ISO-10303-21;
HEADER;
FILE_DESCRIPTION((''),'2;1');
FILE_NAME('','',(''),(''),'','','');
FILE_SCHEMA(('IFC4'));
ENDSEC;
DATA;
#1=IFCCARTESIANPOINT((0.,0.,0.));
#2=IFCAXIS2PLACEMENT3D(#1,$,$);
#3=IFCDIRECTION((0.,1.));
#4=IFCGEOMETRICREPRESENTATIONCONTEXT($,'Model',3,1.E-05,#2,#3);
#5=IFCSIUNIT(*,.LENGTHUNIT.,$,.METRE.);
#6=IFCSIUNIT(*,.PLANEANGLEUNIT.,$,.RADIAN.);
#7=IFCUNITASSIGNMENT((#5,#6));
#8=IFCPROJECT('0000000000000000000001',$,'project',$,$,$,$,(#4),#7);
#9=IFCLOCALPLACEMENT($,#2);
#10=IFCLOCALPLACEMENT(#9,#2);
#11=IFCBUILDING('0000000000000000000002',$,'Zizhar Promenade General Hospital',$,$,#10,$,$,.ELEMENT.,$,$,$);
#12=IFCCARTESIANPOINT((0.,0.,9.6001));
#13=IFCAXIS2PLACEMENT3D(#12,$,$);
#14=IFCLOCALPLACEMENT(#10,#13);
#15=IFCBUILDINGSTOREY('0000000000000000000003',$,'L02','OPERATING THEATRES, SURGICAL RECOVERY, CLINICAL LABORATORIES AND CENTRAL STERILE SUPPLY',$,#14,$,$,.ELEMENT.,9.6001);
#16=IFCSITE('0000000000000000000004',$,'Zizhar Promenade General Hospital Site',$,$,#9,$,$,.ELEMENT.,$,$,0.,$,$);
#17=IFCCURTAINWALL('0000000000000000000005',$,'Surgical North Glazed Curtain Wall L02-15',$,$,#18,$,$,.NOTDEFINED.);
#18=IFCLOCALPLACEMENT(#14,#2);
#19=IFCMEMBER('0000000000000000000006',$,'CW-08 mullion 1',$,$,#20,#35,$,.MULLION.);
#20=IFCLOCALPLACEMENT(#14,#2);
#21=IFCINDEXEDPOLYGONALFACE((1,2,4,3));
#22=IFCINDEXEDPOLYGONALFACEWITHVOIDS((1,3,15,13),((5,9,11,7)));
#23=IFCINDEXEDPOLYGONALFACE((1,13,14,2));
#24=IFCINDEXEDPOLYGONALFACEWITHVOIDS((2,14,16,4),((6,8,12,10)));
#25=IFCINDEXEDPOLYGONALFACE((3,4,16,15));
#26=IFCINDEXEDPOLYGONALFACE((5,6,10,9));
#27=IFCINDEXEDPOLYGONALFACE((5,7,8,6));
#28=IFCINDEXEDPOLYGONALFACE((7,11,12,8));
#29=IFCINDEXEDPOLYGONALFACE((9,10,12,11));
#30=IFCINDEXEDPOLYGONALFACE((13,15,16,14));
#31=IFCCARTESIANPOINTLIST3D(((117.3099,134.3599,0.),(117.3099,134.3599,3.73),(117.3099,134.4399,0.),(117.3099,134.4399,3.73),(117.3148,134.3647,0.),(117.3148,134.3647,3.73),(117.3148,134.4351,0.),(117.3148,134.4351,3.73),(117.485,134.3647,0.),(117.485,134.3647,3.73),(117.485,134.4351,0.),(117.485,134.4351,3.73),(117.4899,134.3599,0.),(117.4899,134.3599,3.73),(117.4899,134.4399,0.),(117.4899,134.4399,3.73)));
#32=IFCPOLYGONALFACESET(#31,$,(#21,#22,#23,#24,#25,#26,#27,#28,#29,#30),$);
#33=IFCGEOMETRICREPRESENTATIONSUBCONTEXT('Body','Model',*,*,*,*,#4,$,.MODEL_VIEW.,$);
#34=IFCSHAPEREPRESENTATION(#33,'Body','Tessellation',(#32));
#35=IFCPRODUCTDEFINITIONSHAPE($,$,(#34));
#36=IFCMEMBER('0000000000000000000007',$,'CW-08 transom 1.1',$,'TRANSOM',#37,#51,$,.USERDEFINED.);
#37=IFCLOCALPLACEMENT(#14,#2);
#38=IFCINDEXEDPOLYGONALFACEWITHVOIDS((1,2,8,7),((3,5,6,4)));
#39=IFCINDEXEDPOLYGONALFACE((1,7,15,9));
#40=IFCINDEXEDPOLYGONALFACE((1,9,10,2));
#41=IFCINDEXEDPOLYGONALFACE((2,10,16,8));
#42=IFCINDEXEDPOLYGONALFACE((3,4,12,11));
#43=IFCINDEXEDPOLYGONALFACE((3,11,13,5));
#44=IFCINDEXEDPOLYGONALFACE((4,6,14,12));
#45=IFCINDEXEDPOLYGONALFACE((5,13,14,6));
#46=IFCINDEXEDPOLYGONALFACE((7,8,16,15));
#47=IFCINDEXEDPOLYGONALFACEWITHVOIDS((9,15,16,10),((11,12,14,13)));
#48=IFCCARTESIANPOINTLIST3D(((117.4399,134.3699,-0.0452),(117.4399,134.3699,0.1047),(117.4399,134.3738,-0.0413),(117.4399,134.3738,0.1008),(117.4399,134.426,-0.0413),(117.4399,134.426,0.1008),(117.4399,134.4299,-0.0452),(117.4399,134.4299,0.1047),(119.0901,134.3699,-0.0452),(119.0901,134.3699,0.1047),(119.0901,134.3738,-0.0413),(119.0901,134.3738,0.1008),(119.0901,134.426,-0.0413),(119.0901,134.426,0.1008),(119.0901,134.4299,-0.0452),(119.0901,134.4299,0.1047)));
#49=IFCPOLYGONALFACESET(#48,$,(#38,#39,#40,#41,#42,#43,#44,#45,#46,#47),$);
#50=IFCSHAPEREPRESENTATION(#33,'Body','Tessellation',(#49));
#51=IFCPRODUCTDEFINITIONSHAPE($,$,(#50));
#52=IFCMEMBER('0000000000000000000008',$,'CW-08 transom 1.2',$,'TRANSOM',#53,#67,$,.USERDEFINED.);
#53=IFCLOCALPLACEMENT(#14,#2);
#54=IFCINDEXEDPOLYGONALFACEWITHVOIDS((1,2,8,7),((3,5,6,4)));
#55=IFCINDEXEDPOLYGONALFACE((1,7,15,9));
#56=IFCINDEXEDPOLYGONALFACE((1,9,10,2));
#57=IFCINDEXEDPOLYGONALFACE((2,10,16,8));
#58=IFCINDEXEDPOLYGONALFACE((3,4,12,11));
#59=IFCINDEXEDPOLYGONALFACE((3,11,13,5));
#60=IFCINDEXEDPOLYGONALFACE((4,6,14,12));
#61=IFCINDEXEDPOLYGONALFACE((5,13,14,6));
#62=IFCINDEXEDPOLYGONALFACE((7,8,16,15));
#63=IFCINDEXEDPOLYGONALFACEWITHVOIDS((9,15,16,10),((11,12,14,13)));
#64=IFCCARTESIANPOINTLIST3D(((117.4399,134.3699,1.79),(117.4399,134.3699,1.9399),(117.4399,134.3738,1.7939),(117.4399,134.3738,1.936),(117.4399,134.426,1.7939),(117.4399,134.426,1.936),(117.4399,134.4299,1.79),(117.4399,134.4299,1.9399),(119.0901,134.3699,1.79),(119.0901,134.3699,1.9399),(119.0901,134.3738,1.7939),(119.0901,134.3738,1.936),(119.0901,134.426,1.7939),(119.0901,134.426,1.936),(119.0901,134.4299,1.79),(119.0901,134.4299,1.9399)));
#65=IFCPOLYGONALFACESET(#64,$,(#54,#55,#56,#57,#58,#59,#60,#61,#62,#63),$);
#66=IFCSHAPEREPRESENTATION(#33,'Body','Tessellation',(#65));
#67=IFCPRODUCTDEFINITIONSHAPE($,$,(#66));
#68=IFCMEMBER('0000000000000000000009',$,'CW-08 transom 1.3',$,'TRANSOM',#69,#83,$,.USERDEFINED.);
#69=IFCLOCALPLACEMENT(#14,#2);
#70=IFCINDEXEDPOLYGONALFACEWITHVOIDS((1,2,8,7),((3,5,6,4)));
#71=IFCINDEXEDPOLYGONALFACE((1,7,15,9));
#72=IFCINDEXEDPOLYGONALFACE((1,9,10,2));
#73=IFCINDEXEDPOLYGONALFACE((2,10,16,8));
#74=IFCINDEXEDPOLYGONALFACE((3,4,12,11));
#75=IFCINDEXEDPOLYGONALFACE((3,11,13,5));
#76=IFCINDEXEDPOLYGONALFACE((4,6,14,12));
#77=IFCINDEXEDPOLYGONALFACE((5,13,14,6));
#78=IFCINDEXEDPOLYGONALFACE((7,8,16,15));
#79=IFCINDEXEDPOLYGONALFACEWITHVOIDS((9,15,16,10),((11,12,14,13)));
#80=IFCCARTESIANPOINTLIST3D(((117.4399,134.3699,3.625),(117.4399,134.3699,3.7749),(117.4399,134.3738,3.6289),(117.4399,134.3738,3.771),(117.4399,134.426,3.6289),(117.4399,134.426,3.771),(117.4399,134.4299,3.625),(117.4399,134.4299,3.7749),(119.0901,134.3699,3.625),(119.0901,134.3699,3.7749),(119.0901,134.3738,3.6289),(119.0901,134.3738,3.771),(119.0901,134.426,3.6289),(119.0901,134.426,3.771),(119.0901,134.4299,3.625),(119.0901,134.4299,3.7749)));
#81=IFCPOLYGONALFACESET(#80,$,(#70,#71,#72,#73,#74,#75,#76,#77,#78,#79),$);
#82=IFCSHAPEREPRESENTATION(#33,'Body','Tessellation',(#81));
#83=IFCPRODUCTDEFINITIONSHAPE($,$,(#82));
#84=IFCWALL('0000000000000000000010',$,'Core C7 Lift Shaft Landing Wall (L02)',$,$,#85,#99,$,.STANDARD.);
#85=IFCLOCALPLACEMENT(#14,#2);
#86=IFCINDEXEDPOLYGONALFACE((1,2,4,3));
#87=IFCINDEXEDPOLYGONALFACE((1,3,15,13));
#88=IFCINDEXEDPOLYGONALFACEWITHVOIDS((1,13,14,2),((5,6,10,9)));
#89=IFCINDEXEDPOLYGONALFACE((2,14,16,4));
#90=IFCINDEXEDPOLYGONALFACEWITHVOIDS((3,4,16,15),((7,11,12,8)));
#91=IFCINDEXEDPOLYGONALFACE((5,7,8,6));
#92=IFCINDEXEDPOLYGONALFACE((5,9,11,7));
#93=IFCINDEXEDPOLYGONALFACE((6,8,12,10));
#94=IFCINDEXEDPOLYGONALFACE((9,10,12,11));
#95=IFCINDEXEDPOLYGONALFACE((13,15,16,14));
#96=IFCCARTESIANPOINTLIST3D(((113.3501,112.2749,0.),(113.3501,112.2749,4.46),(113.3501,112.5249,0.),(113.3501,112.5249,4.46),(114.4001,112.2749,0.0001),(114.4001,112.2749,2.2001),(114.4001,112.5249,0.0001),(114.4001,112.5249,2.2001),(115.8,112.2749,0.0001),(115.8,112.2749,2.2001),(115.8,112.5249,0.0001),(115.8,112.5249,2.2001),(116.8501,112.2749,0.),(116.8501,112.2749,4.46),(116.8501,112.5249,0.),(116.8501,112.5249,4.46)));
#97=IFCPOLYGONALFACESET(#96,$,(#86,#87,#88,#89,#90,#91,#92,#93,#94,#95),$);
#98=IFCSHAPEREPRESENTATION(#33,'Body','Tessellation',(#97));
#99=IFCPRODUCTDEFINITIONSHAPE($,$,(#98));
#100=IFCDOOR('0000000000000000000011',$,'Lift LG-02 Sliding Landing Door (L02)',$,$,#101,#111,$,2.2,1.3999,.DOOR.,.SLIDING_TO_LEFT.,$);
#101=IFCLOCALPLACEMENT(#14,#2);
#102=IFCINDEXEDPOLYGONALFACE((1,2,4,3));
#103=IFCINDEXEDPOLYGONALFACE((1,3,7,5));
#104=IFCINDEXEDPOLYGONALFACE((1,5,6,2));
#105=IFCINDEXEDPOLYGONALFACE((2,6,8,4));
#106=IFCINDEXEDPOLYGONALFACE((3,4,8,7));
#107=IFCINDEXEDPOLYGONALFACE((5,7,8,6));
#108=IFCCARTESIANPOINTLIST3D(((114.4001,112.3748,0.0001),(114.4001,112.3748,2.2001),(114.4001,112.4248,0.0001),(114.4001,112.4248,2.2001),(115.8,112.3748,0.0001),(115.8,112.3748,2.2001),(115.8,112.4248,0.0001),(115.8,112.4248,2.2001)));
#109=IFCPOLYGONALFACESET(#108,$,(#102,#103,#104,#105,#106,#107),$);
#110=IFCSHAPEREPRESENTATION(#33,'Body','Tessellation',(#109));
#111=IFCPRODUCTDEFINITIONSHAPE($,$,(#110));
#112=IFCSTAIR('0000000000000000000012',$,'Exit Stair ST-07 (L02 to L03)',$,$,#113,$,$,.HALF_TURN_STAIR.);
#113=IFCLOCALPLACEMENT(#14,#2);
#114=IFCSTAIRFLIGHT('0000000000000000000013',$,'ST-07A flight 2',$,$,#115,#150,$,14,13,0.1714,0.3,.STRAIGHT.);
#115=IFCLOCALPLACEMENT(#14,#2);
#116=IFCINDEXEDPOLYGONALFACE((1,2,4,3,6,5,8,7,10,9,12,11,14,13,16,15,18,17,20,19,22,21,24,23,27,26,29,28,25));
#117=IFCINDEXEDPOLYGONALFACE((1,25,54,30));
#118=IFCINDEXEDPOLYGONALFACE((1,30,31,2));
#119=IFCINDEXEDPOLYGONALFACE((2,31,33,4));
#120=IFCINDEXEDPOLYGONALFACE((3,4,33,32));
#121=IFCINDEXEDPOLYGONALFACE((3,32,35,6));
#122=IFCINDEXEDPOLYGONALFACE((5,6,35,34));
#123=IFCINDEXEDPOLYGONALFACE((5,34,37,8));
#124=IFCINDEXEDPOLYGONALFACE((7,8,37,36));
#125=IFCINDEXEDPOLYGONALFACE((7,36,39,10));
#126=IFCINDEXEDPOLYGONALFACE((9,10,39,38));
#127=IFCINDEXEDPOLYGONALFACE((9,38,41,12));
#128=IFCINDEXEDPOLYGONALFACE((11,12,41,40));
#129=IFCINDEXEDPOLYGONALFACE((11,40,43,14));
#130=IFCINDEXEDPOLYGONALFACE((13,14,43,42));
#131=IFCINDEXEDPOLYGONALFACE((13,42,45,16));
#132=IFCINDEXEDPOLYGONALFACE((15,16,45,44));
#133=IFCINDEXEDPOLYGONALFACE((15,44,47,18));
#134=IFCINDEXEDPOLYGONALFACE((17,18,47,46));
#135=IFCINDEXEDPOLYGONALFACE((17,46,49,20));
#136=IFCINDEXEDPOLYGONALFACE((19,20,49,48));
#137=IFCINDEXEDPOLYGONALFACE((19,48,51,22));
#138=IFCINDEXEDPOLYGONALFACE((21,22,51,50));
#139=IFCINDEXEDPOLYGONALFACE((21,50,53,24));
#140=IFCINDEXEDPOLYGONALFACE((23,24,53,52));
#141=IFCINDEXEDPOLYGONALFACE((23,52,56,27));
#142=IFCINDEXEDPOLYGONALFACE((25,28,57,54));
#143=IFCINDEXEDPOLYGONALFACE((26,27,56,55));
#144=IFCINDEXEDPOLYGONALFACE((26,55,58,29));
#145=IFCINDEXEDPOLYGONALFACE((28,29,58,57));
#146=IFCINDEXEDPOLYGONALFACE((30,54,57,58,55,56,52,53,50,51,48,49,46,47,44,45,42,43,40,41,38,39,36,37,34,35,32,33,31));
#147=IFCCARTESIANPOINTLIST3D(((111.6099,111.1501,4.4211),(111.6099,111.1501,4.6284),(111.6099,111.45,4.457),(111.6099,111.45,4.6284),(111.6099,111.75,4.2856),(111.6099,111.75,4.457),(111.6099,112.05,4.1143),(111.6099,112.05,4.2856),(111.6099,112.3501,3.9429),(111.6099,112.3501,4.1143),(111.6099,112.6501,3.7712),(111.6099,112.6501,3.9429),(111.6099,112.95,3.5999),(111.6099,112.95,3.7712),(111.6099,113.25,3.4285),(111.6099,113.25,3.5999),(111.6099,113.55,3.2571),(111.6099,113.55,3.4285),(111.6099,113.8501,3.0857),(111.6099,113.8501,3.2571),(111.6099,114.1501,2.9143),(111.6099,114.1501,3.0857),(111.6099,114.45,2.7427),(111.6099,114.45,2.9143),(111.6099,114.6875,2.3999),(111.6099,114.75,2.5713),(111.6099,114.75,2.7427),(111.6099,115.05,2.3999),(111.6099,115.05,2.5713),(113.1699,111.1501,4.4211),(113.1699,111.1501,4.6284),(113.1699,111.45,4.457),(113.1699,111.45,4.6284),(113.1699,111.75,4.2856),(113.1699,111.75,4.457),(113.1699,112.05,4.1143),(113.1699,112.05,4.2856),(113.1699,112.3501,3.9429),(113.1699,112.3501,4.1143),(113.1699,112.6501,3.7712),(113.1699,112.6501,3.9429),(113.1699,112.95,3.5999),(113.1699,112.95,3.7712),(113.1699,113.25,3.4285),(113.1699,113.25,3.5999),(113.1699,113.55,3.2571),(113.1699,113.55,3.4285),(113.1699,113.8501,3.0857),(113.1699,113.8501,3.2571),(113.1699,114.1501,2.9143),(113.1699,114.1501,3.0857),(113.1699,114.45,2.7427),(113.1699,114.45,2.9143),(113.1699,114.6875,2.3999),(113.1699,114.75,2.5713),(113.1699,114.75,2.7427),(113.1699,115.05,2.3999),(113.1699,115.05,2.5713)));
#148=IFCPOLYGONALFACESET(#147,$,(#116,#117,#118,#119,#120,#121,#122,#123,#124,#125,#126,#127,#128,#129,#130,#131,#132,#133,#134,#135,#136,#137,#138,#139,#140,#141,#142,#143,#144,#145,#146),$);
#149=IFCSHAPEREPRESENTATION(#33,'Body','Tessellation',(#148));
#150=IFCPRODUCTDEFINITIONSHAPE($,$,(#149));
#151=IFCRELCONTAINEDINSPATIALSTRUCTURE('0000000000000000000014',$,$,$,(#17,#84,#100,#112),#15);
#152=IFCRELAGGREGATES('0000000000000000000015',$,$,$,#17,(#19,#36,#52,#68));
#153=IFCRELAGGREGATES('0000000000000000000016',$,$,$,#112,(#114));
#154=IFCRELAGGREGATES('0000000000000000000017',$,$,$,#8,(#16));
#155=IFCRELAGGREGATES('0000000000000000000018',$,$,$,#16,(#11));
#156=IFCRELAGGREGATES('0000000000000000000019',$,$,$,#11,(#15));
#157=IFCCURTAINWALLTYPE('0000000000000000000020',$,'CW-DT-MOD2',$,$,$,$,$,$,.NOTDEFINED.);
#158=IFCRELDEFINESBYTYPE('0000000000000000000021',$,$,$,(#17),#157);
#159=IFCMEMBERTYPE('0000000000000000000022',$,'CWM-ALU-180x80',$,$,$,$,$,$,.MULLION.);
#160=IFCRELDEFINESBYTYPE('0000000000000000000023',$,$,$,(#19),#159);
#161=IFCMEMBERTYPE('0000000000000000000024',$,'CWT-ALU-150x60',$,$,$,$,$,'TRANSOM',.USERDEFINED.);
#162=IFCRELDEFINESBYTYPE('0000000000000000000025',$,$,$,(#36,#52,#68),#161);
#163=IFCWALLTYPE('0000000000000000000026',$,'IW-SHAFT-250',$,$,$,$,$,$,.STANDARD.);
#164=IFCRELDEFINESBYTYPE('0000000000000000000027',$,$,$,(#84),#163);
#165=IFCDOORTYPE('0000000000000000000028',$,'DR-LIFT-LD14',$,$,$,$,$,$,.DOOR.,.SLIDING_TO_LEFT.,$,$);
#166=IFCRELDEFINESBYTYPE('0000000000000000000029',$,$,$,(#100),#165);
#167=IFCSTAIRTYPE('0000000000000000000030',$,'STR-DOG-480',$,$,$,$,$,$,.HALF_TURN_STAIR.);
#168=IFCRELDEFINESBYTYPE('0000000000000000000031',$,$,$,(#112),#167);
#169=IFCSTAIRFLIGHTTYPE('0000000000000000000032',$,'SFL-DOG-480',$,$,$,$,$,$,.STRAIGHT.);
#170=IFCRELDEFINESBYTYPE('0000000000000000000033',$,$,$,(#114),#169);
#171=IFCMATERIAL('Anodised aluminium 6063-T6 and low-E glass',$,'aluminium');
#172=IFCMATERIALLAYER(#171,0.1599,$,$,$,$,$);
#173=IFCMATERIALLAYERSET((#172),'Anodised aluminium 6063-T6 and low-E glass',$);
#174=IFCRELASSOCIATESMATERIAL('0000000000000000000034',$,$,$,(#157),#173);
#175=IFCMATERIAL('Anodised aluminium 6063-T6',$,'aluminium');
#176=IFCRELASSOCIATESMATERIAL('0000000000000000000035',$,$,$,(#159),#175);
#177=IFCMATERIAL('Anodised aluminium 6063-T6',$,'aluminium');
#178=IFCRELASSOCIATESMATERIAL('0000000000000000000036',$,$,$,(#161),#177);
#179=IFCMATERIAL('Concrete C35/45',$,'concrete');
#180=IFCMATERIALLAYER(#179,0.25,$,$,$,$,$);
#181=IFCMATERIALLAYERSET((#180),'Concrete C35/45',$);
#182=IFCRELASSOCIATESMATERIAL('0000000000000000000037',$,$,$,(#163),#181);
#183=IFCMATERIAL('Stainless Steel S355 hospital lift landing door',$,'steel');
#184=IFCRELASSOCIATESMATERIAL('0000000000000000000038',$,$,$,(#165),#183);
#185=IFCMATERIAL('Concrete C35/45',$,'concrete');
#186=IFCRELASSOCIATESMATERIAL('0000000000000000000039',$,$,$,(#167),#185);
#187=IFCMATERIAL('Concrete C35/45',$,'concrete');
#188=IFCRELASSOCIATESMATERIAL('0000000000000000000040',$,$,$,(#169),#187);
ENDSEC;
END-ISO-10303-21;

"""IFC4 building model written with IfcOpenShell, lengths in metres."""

from ifc_helpers import new_model, si_unit, direction, frame, frame_2d, origin, origin_2d, place, context, subcontext, project, spatial, polyline, rectangle, hollow_rectangle, outline, extrude, material, layer, layer_set, material_profile, profile_set, type_object, element, fill, aggregate, save


model = new_model("IFC4")

# Units and contexts
model_context = context("Model", 3, precision=1e-05, world=origin(), true_north=direction((0.0, 1.0)))
body_context = subcontext(model_context, "Body", "Model", "MODEL_VIEW")
ifc_project = project(units=[si_unit("LENGTHUNIT", "METRE"), si_unit("PLANEANGLEUNIT", "RADIAN")], contexts=[model_context])

# Site, building, storey
site_placement = place(None, origin())
site = spatial("IfcSite", under=ifc_project, at=site_placement, Name="Zizhar Promenade General Hospital Site", CompositionType="ELEMENT", RefElevation=0.0)
building_placement = place(site_placement, origin())
building = spatial("IfcBuilding", under=site, at=building_placement, Name="Zizhar Promenade General Hospital", CompositionType="ELEMENT")
storey_placement = place(building_placement, frame((0.0, 0.0, 9.6001)))
storey = spatial("IfcBuildingStorey", under=building, at=storey_placement, Name="L02", Description="OPERATING THEATRES, SURGICAL RECOVERY, CLINICAL LABORATORIES AND CENTRAL STERILE SUPPLY", CompositionType="ELEMENT", Elevation=9.6001)

# Curtain wall, members
ifc_material_1 = material(Name="Anodised aluminium 6063-T6 and low-E glass", Category="aluminium")
ifc_layer_1 = layer(ifc_material_1, 0.1599)
ifc_layer_set_1 = layer_set([ifc_layer_1], Name="Anodised aluminium 6063-T6 and low-E glass")
curtain_wall_type = type_object("IfcCurtainWallType", Name="CW-DT-MOD2", PredefinedType="NOTDEFINED", material=ifc_layer_set_1)
curtain_wall_placement = place(storey_placement, origin())
curtain_wall = element("IfcCurtainWall", 1, at=curtain_wall_placement, inside=storey, type_object=curtain_wall_type, Name="Surgical North Glazed Curtain Wall L02-15", PredefinedType="NOTDEFINED")
ifc_material_2 = material(Name="Anodised aluminium 6063-T6", Category="aluminium")
ifc_material_profile_1 = material_profile(ifc_material_2, hollow_rectangle(XDim=0.0801, YDim=0.1799, WallThickness=0.0049, at=origin_2d()))
ifc_profile_set_1 = profile_set([ifc_material_profile_1], Name="Anodised aluminium 6063-T6")
member_type_1 = type_object("IfcMemberType", Name="CWM-ALU-180x80", PredefinedType="MULLION", material=ifc_profile_set_1)
member_1_placement = place(storey_placement, frame((117.3999, 134.3999, 0.0), z_axis=(0.0, 0.0, 1.0), x_axis=(0.0, 1.0, 0.0)))
member_1 = element("IfcMember", 2, at=member_1_placement, type_object=member_type_1, Name="CW-08 mullion 1", PredefinedType="MULLION", context=body_context, shape_type="SweptSolid", body=[
    extrude(hollow_rectangle(XDim=0.0801, YDim=0.1799, WallThickness=0.0049, at=origin_2d()), origin(), (0.0, 0.0, 1.0), 3.73),
])
ifc_material_3 = material(Name="Anodised aluminium 6063-T6", Category="aluminium")
ifc_material_profile_2 = material_profile(ifc_material_3, hollow_rectangle(XDim=0.0601, YDim=0.1499, WallThickness=0.0039, at=origin_2d()))
ifc_profile_set_2 = profile_set([ifc_material_profile_2], Name="Anodised aluminium 6063-T6")
member_type_2 = type_object("IfcMemberType", Name="CWT-ALU-150x60", ElementType="TRANSOM", PredefinedType="USERDEFINED", material=ifc_profile_set_2)
member_2_placement = place(storey_placement, frame((117.4399, 134.3999, 0.0298), z_axis=(1.0, 0.0, 0.0), x_axis=(0.0, 1.0, 0.0)))
member_2 = element("IfcMember", 3, at=member_2_placement, type_object=member_type_2, Name="CW-08 transom 1.1", ObjectType="TRANSOM", PredefinedType="USERDEFINED", context=body_context, shape_type="SweptSolid", body=[
    extrude(hollow_rectangle(XDim=0.0601, YDim=0.1499, WallThickness=0.0039, at=origin_2d()), origin(), (0.0, 0.0, 1.0), 1.6501),
])
member_3_placement = place(storey_placement, frame((117.4399, 134.3999, 1.865), z_axis=(1.0, 0.0, 0.0), x_axis=(0.0, 1.0, 0.0)))
member_3 = element("IfcMember", 4, at=member_3_placement, type_object=member_type_2, Name="CW-08 transom 1.2", ObjectType="TRANSOM", PredefinedType="USERDEFINED", context=body_context, shape_type="SweptSolid", body=[
    extrude(hollow_rectangle(XDim=0.0601, YDim=0.1499, WallThickness=0.0039, at=origin_2d()), origin(), (0.0, 0.0, 1.0), 1.6501),
])
member_4_placement = place(storey_placement, frame((117.4399, 134.3999, 3.7), z_axis=(1.0, 0.0, 0.0), x_axis=(0.0, 1.0, 0.0)))
member_4 = element("IfcMember", 5, at=member_4_placement, type_object=member_type_2, Name="CW-08 transom 1.3", ObjectType="TRANSOM", PredefinedType="USERDEFINED", context=body_context, shape_type="SweptSolid", body=[
    extrude(hollow_rectangle(XDim=0.0601, YDim=0.1499, WallThickness=0.0039, at=origin_2d()), origin(), (0.0, 0.0, 1.0), 1.6501),
])
aggregate(curtain_wall, [member_1, member_2, member_3, member_4])

# Wall, opening, door
ifc_material_4 = material(Name="Concrete C35/45", Category="concrete")
ifc_layer_2 = layer(ifc_material_4, 0.25)
ifc_layer_set_2 = layer_set([ifc_layer_2], Name="Concrete C35/45")
wall_type = type_object("IfcWallType", Name="IW-SHAFT-250", PredefinedType="STANDARD", material=ifc_layer_set_2)
wall_placement = place(storey_placement, frame((113.3501, 112.3999, 0.0), z_axis=(0.0, 0.0, 1.0), x_axis=(1.0, 0.0, 0.0)))
wall = element("IfcWall", 6, at=wall_placement, inside=storey, type_object=wall_type, Name="Core C7 Lift Shaft Landing Wall (L02)", PredefinedType="STANDARD", context=body_context, shape_type="SweptSolid", body=[
    extrude(rectangle(XDim=3.5, YDim=0.25, at=frame_2d((1.75, 0.0))), origin(), (0.0, 0.0, 1.0), 4.46),
])
opening_placement = place(wall_placement, frame((1.05, 0.0, 0.0)))
opening = element("IfcOpeningElement", 7, at=opening_placement, cuts=wall, PredefinedType="OPENING", context=body_context, shape_type="SweptSolid", body=[
    extrude(rectangle(XDim=1.3999, YDim=2.2, at=frame_2d((0.7, 1.1001))), frame((0.0, 0.135, 0.0), z_axis=(0.0, -1.0, 0.0), x_axis=(1.0, 0.0, 0.0)), (0.0, 0.0, 1.0), 0.27),
])
ifc_material_5 = material(Name="Stainless Steel S355 hospital lift landing door", Category="steel")
door_type = type_object("IfcDoorType", Name="DR-LIFT-LD14", OperationType="SLIDING_TO_LEFT", PredefinedType="DOOR", material=ifc_material_5)
door_placement = place(opening_placement, origin())
door = element("IfcDoor", 8, at=door_placement, inside=storey, type_object=door_type, Name="Lift LG-02 Sliding Landing Door (L02)", OperationType="SLIDING_TO_LEFT", OverallHeight=2.2, OverallWidth=1.3999, PredefinedType="DOOR", context=body_context, shape_type="SweptSolid", body=[
    extrude(rectangle(XDim=1.3999, YDim=2.2, at=frame_2d((0.7, 1.1001))), frame((0.0, 0.0249, 0.0), z_axis=(0.0, -1.0, 0.0), x_axis=(1.0, 0.0, 0.0)), (0.0, 0.0, 1.0), 0.05),
])
fill(opening, door)

# Stair, stair flight
ifc_material_6 = material(Name="Concrete C35/45", Category="concrete")
stair_type = type_object("IfcStairType", Name="STR-DOG-480", PredefinedType="HALF_TURN_STAIR", material=ifc_material_6)
stair_placement = place(storey_placement, origin())
stair = element("IfcStair", 9, at=stair_placement, inside=storey, type_object=stair_type, Name="Exit Stair ST-07 (L02 to L03)", PredefinedType="HALF_TURN_STAIR")
ifc_material_7 = material(Name="Concrete C35/45", Category="concrete")
stair_flight_type = type_object("IfcStairFlightType", Name="SFL-DOG-480", PredefinedType="STRAIGHT", material=ifc_material_7)
stair_flight_placement = place(storey_placement, frame((112.3899, 115.05, 2.3999), z_axis=(0.0, 0.0, 1.0), x_axis=(0.0, -1.0, 0.0)))
stair_flight = element("IfcStairFlight", 10, at=stair_flight_placement, type_object=stair_flight_type, Name="ST-07A flight 2", NumberOfRisers=14, NumberOfTreads=13, PredefinedType="STRAIGHT", RiserHeight=0.1714, TreadLength=0.3, context=body_context, shape_type="SweptSolid", body=[
    extrude(outline(polyline([(0.0, 0.0), (0.0, 0.1714), (0.3, 0.1714), (0.3, 0.3428), (0.6001, 0.3428), (0.6001, 0.5144), (0.8999, 0.5144), (0.8999, 0.6858), (1.2, 0.6858), (1.2, 0.8572), (1.5, 0.8572), (1.5, 1.0286), (1.8, 1.0286), (1.8, 1.2), (2.1001, 1.2), (2.1001, 1.3713), (2.3999, 1.3713), (2.3999, 1.543), (2.7, 1.543), (2.7, 1.7144), (3.0, 1.7144), (3.0, 1.8857), (3.3, 1.8857), (3.3, 2.0571), (3.6001, 2.0571), (3.6001, 2.2285), (3.8999, 2.2285), (3.8999, 2.3999), (3.8999, 2.0212), (0.3625, 0.0), (0.0, 0.0)])), frame((0.0, 0.78, 0.0), z_axis=(0.0, -1.0, 0.0), x_axis=(1.0, 0.0, 0.0)), (0.0, 0.0, 1.0), 1.5601),
])
aggregate(stair, [stair_flight])

save(model, "model.ifc")
